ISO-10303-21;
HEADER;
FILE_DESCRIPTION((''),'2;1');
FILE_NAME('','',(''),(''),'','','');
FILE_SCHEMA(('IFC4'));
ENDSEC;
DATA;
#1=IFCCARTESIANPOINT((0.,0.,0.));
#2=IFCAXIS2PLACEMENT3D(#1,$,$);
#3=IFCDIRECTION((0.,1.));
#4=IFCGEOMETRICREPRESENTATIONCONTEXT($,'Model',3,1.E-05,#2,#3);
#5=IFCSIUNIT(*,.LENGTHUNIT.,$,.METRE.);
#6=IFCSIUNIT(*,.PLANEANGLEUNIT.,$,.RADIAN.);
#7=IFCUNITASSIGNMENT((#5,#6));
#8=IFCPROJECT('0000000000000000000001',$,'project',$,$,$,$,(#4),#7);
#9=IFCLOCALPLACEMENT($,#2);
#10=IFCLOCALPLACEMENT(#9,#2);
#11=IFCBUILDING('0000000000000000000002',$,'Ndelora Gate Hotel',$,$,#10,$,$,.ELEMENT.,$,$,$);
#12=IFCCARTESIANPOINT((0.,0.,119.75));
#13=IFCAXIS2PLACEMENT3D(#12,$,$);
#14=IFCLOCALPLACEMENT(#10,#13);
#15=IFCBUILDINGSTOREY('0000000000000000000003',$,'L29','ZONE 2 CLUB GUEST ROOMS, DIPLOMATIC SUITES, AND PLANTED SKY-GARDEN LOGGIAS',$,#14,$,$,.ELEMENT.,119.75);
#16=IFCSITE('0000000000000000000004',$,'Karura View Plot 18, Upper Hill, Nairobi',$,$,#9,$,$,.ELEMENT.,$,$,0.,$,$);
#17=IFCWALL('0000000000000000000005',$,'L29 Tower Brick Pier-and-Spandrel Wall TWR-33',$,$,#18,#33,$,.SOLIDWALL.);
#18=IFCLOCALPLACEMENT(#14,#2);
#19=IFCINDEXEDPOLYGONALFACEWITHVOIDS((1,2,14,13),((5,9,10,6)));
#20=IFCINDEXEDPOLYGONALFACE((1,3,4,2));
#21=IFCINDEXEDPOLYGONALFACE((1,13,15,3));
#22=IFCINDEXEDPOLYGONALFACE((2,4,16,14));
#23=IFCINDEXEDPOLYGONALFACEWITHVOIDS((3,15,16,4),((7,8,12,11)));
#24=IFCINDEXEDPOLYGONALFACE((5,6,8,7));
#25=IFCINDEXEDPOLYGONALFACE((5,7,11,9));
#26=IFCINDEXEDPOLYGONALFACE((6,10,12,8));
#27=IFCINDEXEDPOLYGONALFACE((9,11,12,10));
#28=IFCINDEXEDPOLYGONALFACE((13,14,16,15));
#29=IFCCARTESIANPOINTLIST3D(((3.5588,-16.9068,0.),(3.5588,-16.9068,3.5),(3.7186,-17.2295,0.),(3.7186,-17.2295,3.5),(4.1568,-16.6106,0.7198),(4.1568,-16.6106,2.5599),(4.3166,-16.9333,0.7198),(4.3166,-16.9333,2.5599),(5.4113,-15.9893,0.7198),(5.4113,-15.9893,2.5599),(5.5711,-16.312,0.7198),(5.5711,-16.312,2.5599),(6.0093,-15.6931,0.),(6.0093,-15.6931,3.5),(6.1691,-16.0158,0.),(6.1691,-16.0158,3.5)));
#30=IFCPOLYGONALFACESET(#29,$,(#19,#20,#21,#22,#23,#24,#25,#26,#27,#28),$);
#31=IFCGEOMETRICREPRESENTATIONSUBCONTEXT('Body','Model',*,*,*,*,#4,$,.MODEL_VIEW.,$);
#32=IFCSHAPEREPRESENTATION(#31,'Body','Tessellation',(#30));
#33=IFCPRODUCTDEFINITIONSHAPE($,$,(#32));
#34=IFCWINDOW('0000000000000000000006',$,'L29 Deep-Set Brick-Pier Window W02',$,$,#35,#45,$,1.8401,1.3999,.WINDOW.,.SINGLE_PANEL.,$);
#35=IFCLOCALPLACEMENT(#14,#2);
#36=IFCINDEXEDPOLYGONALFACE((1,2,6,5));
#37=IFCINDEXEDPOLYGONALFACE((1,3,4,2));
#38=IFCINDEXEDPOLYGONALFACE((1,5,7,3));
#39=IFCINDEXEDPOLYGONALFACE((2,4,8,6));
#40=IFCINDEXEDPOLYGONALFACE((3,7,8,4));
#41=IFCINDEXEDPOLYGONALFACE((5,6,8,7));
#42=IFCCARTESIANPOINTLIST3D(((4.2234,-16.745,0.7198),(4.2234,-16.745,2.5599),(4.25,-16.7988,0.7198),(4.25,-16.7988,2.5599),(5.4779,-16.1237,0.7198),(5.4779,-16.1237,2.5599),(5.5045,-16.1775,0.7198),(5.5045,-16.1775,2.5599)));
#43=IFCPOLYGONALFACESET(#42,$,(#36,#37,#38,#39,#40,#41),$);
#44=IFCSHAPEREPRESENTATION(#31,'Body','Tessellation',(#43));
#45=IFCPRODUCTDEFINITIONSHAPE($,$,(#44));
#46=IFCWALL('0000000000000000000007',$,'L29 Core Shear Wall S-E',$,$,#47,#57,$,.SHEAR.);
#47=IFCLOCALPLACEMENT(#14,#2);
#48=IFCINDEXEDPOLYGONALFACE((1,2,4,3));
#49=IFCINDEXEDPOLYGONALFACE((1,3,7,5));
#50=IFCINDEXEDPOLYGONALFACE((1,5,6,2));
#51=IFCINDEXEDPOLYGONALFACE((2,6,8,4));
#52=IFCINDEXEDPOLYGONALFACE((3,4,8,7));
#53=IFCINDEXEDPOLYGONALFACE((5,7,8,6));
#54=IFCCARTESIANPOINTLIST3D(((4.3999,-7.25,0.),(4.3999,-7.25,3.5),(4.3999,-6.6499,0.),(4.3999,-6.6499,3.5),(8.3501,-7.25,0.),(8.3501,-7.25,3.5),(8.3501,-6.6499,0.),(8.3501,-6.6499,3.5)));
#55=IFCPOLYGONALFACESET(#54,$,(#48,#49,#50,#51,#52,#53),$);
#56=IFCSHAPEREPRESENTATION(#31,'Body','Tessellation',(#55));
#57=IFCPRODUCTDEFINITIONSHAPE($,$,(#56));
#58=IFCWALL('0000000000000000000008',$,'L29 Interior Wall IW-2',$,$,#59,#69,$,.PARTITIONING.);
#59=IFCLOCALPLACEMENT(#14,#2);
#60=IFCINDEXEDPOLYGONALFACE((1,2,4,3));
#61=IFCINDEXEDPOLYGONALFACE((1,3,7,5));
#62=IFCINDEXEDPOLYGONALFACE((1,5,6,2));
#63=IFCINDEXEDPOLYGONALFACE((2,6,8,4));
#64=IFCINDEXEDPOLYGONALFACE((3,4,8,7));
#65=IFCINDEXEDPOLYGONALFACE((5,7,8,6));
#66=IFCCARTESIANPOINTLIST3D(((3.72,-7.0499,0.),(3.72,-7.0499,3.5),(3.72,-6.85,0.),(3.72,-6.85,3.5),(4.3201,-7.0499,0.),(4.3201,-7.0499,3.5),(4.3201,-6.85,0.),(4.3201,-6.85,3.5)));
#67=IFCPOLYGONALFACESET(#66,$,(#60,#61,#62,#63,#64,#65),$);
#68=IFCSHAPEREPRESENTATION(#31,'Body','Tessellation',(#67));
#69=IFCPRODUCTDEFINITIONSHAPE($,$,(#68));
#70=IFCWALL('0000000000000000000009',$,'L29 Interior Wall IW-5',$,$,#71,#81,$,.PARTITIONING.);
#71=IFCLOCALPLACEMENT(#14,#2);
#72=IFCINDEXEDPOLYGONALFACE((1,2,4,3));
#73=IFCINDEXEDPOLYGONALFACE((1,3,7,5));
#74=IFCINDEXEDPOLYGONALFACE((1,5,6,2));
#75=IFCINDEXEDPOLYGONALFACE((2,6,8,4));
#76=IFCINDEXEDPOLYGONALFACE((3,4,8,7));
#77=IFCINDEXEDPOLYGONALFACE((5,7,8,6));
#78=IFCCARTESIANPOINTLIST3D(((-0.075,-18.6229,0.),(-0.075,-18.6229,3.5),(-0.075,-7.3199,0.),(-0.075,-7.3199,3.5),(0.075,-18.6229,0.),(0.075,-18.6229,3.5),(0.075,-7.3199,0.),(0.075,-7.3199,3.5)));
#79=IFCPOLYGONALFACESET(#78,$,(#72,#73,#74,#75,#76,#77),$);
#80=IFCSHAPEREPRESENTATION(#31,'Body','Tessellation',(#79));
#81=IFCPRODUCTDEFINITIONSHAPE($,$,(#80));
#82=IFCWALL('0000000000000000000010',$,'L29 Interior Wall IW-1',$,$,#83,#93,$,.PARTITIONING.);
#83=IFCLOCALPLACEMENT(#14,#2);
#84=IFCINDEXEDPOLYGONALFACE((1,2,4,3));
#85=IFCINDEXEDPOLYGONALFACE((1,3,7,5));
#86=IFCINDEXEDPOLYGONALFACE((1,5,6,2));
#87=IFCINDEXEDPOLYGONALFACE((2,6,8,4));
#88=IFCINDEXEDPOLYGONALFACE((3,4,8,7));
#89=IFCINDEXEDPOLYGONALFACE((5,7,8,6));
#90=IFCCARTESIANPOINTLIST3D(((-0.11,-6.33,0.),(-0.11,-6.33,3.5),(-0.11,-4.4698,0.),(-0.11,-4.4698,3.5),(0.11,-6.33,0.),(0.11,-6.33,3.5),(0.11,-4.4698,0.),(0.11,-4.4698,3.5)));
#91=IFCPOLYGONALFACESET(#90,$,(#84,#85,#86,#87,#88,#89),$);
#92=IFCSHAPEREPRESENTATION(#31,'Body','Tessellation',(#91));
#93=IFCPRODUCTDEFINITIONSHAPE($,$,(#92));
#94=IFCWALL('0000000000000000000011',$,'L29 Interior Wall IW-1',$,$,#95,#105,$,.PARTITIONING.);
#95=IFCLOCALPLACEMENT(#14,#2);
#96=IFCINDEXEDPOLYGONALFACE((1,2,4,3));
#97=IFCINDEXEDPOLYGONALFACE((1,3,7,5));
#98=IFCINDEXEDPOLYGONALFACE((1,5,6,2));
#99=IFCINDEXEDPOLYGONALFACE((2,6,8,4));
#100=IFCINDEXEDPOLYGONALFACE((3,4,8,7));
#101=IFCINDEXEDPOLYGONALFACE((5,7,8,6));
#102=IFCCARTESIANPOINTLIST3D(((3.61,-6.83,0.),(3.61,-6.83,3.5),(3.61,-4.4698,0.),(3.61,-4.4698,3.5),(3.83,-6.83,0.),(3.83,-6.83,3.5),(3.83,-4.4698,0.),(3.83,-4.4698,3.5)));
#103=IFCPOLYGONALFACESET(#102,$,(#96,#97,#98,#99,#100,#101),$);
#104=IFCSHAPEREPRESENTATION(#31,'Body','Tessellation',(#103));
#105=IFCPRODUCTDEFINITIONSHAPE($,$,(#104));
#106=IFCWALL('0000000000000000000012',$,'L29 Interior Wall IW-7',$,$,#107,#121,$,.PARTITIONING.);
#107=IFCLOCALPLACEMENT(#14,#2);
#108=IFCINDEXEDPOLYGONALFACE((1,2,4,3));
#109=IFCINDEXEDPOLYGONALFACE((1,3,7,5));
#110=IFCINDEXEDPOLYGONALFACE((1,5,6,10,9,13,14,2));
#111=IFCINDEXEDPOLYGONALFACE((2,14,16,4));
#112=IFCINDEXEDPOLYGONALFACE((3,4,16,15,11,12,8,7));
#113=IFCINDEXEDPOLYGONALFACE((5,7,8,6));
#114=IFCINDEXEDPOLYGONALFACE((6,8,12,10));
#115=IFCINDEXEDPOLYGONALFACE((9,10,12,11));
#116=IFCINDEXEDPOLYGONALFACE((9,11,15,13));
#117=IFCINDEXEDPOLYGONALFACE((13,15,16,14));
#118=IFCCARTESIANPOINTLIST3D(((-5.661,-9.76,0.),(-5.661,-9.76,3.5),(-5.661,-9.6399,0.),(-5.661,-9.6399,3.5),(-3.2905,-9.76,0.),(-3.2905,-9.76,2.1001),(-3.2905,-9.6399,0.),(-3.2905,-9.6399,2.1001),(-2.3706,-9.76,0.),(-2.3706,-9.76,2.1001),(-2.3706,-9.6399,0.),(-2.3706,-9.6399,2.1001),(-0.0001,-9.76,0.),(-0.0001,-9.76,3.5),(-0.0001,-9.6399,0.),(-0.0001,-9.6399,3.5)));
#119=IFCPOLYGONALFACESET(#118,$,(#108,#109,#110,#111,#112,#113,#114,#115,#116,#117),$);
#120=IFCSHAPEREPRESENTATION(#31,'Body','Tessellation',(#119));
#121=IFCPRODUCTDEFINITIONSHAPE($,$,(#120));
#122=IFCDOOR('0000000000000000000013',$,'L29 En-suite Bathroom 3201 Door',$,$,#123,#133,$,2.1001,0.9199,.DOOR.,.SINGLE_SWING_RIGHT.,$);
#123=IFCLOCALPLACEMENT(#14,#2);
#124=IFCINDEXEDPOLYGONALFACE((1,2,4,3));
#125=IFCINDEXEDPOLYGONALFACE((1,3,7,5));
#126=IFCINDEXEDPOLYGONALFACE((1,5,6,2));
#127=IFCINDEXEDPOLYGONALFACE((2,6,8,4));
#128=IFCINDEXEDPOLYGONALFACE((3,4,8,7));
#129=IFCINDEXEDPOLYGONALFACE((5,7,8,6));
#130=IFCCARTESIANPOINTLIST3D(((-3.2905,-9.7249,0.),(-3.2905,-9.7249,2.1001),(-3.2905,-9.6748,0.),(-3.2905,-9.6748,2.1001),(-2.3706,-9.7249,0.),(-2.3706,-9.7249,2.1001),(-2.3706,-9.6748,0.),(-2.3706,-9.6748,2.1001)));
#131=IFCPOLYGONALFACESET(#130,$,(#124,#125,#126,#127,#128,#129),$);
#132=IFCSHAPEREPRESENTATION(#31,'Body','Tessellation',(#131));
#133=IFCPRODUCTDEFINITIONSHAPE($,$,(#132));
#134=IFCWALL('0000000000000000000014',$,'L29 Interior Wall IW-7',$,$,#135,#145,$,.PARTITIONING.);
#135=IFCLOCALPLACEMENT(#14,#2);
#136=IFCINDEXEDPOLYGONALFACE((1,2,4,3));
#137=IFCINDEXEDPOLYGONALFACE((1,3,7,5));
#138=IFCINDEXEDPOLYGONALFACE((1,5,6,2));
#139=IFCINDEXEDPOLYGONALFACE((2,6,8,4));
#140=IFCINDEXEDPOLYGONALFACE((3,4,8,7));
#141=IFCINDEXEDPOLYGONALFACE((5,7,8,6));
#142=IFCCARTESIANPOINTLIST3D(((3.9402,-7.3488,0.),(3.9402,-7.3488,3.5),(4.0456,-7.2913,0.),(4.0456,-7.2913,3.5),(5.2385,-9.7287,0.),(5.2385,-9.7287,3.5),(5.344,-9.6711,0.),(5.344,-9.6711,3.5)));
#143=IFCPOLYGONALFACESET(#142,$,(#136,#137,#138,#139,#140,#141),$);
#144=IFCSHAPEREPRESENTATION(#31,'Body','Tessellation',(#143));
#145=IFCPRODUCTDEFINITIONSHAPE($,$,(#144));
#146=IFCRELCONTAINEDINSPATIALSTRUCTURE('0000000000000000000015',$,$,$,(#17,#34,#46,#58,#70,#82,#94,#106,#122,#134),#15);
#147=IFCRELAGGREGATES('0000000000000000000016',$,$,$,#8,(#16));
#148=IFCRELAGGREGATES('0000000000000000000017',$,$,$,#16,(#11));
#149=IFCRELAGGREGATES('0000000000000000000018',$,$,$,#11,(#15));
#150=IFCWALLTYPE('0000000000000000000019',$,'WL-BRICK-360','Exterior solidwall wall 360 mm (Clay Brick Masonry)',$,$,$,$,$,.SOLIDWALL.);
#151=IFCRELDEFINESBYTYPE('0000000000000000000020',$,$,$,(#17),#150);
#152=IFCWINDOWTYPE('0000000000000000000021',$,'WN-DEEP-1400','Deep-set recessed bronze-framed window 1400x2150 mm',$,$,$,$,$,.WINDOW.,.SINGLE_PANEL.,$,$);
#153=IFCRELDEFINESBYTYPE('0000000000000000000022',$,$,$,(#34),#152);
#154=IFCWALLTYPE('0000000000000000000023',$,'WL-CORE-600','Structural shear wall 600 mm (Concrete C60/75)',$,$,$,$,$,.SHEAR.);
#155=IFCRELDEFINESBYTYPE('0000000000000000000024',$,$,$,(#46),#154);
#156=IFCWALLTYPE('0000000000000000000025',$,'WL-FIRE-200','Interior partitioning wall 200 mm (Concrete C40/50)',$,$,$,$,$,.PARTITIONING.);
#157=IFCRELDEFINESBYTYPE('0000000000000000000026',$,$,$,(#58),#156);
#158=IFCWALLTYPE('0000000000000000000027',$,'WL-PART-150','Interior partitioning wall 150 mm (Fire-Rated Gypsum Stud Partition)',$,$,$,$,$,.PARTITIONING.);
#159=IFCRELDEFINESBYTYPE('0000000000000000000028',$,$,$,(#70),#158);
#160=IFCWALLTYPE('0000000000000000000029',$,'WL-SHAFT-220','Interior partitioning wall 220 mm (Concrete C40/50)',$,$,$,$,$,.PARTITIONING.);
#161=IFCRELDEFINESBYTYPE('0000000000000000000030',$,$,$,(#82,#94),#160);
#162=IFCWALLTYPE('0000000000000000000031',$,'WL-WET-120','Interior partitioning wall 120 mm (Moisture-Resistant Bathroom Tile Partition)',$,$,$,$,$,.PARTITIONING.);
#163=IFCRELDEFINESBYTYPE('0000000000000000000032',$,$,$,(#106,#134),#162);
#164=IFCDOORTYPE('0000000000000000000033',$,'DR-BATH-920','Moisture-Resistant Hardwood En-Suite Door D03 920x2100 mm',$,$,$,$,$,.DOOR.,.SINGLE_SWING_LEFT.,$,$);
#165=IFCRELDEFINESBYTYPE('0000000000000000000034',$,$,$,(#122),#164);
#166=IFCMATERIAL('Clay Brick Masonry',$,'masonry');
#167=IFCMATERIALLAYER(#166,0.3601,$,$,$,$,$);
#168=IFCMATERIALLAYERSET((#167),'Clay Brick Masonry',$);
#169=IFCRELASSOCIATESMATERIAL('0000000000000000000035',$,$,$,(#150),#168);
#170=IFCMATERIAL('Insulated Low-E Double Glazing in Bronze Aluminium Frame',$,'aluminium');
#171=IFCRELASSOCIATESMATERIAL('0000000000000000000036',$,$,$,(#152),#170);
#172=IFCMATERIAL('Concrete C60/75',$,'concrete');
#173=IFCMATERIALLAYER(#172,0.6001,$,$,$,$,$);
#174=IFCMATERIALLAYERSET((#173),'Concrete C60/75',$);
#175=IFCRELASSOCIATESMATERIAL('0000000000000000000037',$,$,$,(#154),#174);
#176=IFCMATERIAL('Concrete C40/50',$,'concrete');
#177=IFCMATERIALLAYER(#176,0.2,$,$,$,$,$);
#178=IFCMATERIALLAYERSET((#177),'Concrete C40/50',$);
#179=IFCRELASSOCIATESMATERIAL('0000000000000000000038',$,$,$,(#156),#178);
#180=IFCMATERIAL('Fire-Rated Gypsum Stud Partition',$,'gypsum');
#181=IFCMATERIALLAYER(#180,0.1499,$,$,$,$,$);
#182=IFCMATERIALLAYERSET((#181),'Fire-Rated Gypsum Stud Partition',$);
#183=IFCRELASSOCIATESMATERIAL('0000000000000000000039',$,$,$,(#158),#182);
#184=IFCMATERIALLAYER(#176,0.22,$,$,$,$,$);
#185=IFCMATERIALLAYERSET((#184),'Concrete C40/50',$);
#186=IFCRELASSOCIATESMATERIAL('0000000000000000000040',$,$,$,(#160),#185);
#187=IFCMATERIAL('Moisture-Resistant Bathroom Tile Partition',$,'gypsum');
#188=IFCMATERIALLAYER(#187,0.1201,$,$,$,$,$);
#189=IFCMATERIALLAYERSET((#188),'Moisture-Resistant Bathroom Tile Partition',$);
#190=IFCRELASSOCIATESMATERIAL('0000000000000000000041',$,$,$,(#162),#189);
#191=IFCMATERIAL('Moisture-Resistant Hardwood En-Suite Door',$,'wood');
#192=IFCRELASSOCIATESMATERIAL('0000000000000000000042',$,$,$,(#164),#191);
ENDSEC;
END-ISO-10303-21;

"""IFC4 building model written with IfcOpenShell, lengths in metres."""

from ifc_helpers import new_model, si_unit, direction, frame, frame_2d, origin, place, context, subcontext, project, spatial, rectangle, extrude, material, layer, layer_set, type_object, element, fill, save


model = new_model("IFC4")

# Units and contexts
model_context = context("Model", 3, precision=1e-05, world=origin(), true_north=direction((0.0, 1.0)))
body_context = subcontext(model_context, "Body", "Model", "MODEL_VIEW")
ifc_project = project(units=[si_unit("LENGTHUNIT", "METRE"), si_unit("PLANEANGLEUNIT", "RADIAN")], contexts=[model_context])

# Site, building, storey
site_placement = place(None, origin())
site = spatial("IfcSite", under=ifc_project, at=site_placement, Name="Karura View Plot 18, Upper Hill, Nairobi", CompositionType="ELEMENT", RefElevation=0.0)
building_placement = place(site_placement, origin())
building = spatial("IfcBuilding", under=site, at=building_placement, Name="Ndelora Gate Hotel", CompositionType="ELEMENT")
storey_placement = place(building_placement, frame((0.0, 0.0, 119.75)))
storey = spatial("IfcBuildingStorey", under=building, at=storey_placement, Name="L29", Description="ZONE 2 CLUB GUEST ROOMS, DIPLOMATIC SUITES, AND PLANTED SKY-GARDEN LOGGIAS", CompositionType="ELEMENT", Elevation=119.75)

# Shared definitions
ifc_material_1 = material(Name="Concrete C60/75", Category="concrete")

# Shared definitions
ifc_material_2 = material(Name="Clay Brick Masonry", Category="masonry")
ifc_layer_1 = layer(ifc_material_2, 0.3601)
ifc_layer_set_1 = layer_set([ifc_layer_1], Name="Clay Brick Masonry")
wall_type_1 = type_object("IfcWallType", Name="WL-BRICK-360", Description="Exterior solidwall wall 360 mm (Clay Brick Masonry)", PredefinedType="SOLIDWALL", material=ifc_layer_set_1)

# Wall, opening, window
ifc_material_3 = material(Name="Insulated Low-E Double Glazing in Bronze Aluminium Frame", Category="aluminium")
window_type = type_object("IfcWindowType", Name="WN-DEEP-1400", Description="Deep-set recessed bronze-framed window 1400x2150 mm", PartitioningType="SINGLE_PANEL", PredefinedType="WINDOW", material=ifc_material_3)
wall_1_placement = place(storey_placement, frame((6.0891, -15.8545, 0.0), z_axis=(0.0, 0.0, 1.0), x_axis=(-0.896117, -0.443818, 0.0)))
wall_1 = element("IfcWall", 1, at=wall_1_placement, inside=storey, type_object=wall_type_1, Name="L29 Tower Brick Pier-and-Spandrel Wall TWR-33", PredefinedType="SOLIDWALL", context=body_context, shape_type="SweptSolid", body=[
    extrude(rectangle(XDim=2.7346, YDim=0.3601, at=frame_2d((1.3672, 0.0))), origin(), (0.0, 0.0, 1.0), 3.5),
])
opening_1_placement = place(wall_1_placement, frame((0.6672, 0.0, 0.72)))
opening_1 = element("IfcOpeningElement", 2, at=opening_1_placement, cuts=wall_1, PredefinedType="OPENING", context=body_context, shape_type="SweptSolid", body=[
    extrude(rectangle(XDim=1.3999, YDim=1.8401, at=frame_2d((0.7, 0.9199))), frame((0.0, 0.1899, 0.0), z_axis=(0.0, -1.0, 0.0), x_axis=(1.0, 0.0, 0.0)), (0.0, 0.0, 1.0), 0.3801),
])
window_1_placement = place(opening_1_placement, origin())
window_1 = element("IfcWindow", 3, at=window_1_placement, inside=storey, type_object=window_type, Name="L29 Deep-Set Brick-Pier Window W02", OverallHeight=1.8401, OverallWidth=1.3999, PartitioningType="SINGLE_PANEL", PredefinedType="WINDOW", context=body_context, shape_type="SweptSolid", body=[
    extrude(rectangle(XDim=1.3999, YDim=1.8401, at=frame_2d((0.7, 0.9199))), frame((0.0, 0.03, 0.0), z_axis=(0.0, -1.0, 0.0), x_axis=(1.0, 0.0, 0.0)), (0.0, 0.0, 1.0), 0.0601),
])
fill(opening_1, window_1)

# Walls
ifc_layer_2 = layer(ifc_material_1, 0.6001)
ifc_layer_set_2 = layer_set([ifc_layer_2], Name="Concrete C60/75")
wall_type_2 = type_object("IfcWallType", Name="WL-CORE-600", Description="Structural shear wall 600 mm (Concrete C60/75)", PredefinedType="SHEAR", material=ifc_layer_set_2)
wall_2_placement = place(storey_placement, frame((4.3999, -6.95, 0.0), z_axis=(0.0, 0.0, 1.0), x_axis=(1.0, 0.0, 0.0)))
element("IfcWall", 4, at=wall_2_placement, inside=storey, type_object=wall_type_2, Name="L29 Core Shear Wall S-E", PredefinedType="SHEAR", context=body_context, shape_type="SweptSolid", body=[
    extrude(rectangle(XDim=3.9502, YDim=0.6001, at=frame_2d((1.9751, 0.0))), origin(), (0.0, 0.0, 1.0), 3.5),
])
ifc_material_4 = material(Name="Concrete C40/50", Category="concrete")
ifc_layer_3 = layer(ifc_material_4, 0.2)
ifc_layer_set_3 = layer_set([ifc_layer_3], Name="Concrete C40/50")
wall_type_3 = type_object("IfcWallType", Name="WL-FIRE-200", Description="Interior partitioning wall 200 mm (Concrete C40/50)", PredefinedType="PARTITIONING", material=ifc_layer_set_3)
wall_3_placement = place(storey_placement, frame((3.72, -6.95, 0.0), z_axis=(0.0, 0.0, 1.0), x_axis=(1.0, 0.0, 0.0)))
element("IfcWall", 5, at=wall_3_placement, inside=storey, type_object=wall_type_3, Name="L29 Interior Wall IW-2", PredefinedType="PARTITIONING", context=body_context, shape_type="SweptSolid", body=[
    extrude(rectangle(XDim=0.6001, YDim=0.2, at=frame_2d((0.3, 0.0))), origin(), (0.0, 0.0, 1.0), 3.5),
])
ifc_material_5 = material(Name="Fire-Rated Gypsum Stud Partition", Category="gypsum")
ifc_layer_4 = layer(ifc_material_5, 0.1499)
ifc_layer_set_4 = layer_set([ifc_layer_4], Name="Fire-Rated Gypsum Stud Partition")
wall_type_4 = type_object("IfcWallType", Name="WL-PART-150", Description="Interior partitioning wall 150 mm (Fire-Rated Gypsum Stud Partition)", PredefinedType="PARTITIONING", material=ifc_layer_set_4)
wall_4_placement = place(storey_placement, frame((0.0, -7.3201, 0.0), z_axis=(0.0, 0.0, 1.0), x_axis=(0.0, -1.0, 0.0)))
element("IfcWall", 6, at=wall_4_placement, inside=storey, type_object=wall_type_4, Name="L29 Interior Wall IW-5", PredefinedType="PARTITIONING", context=body_context, shape_type="SweptSolid", body=[
    extrude(rectangle(XDim=11.303, YDim=0.1499, at=frame_2d((5.6514, 0.0))), origin(), (0.0, 0.0, 1.0), 3.5),
])

# Shared definitions
ifc_layer_5 = layer(ifc_material_4, 0.22)
ifc_layer_set_5 = layer_set([ifc_layer_5], Name="Concrete C40/50")
wall_type_5 = type_object("IfcWallType", Name="WL-SHAFT-220", Description="Interior partitioning wall 220 mm (Concrete C40/50)", PredefinedType="PARTITIONING", material=ifc_layer_set_5)

# Wall
wall_5_placement = place(storey_placement, frame((0.0, -6.3301, 0.0), z_axis=(0.0, 0.0, 1.0), x_axis=(0.0, 1.0, 0.0)))
element("IfcWall", 7, at=wall_5_placement, inside=storey, type_object=wall_type_5, Name="L29 Interior Wall IW-1", PredefinedType="PARTITIONING", context=body_context, shape_type="SweptSolid", body=[
    extrude(rectangle(XDim=1.8601, YDim=0.22, at=frame_2d((0.9302, 0.0))), origin(), (0.0, 0.0, 1.0), 3.5),
])

# Wall
wall_6_placement = place(storey_placement, frame((3.72, -6.8301, 0.0), z_axis=(0.0, 0.0, 1.0), x_axis=(0.0, 1.0, 0.0)))
element("IfcWall", 8, at=wall_6_placement, inside=storey, type_object=wall_type_5, Name="L29 Interior Wall IW-1", PredefinedType="PARTITIONING", context=body_context, shape_type="SweptSolid", body=[
    extrude(rectangle(XDim=2.3601, YDim=0.22, at=frame_2d((1.1802, 0.0))), origin(), (0.0, 0.0, 1.0), 3.5),
])

# Wall, opening, door
ifc_material_6 = material(Name="Moisture-Resistant Bathroom Tile Partition", Category="gypsum")
ifc_layer_6 = layer(ifc_material_6, 0.1201)
ifc_layer_set_6 = layer_set([ifc_layer_6], Name="Moisture-Resistant Bathroom Tile Partition")
wall_type_6 = type_object("IfcWallType", Name="WL-WET-120", Description="Interior partitioning wall 120 mm (Moisture-Resistant Bathroom Tile Partition)", PredefinedType="PARTITIONING", material=ifc_layer_set_6)
wall_7_placement = place(storey_placement, frame((0.0, -9.7, 0.0), z_axis=(0.0, 0.0, 1.0), x_axis=(-1.0, 0.0, 0.0)))
wall_7 = element("IfcWall", 9, at=wall_7_placement, inside=storey, type_object=wall_type_6, Name="L29 Interior Wall IW-7", PredefinedType="PARTITIONING", context=body_context, shape_type="SweptSolid", body=[
    extrude(rectangle(XDim=5.6609, YDim=0.1201, at=frame_2d((2.8306, 0.0))), origin(), (0.0, 0.0, 1.0), 3.5),
])
opening_2_placement = place(wall_7_placement, frame((2.3706, 0.0, 0.0)))
opening_2 = element("IfcOpeningElement", 10, at=opening_2_placement, cuts=wall_7, PredefinedType="OPENING", context=body_context, shape_type="SweptSolid", body=[
    extrude(rectangle(XDim=0.9199, YDim=2.1001, at=frame_2d((0.46, 1.05))), frame((0.0, 0.0701, 0.0), z_axis=(0.0, -1.0, 0.0), x_axis=(1.0, 0.0, 0.0)), (0.0, 0.0, 1.0), 0.1401),
])
ifc_material_7 = material(Name="Moisture-Resistant Hardwood En-Suite Door", Category="wood")
door_type_1 = type_object("IfcDoorType", Name="DR-BATH-920", Description="Moisture-Resistant Hardwood En-Suite Door D03 920x2100 mm", OperationType="SINGLE_SWING_LEFT", PredefinedType="DOOR", material=ifc_material_7)
door_1_placement = place(opening_2_placement, origin())
door_1 = element("IfcDoor", 11, at=door_1_placement, inside=storey, type_object=door_type_1, Name="L29 En-suite Bathroom 3201 Door", OperationType="SINGLE_SWING_RIGHT", OverallHeight=2.1001, OverallWidth=0.9199, PredefinedType="DOOR", context=body_context, shape_type="SweptSolid", body=[
    extrude(rectangle(XDim=0.9199, YDim=2.1001, at=frame_2d((0.46, 1.05))), frame((0.0, 0.0249, 0.0), z_axis=(0.0, -1.0, 0.0), x_axis=(1.0, 0.0, 0.0)), (0.0, 0.0, 1.0), 0.05),
])
fill(opening_2, door_1)

# Wall
wall_8_placement = place(storey_placement, frame((3.9929, -7.3201, 0.0), z_axis=(0.0, 0.0, 1.0), x_axis=(0.478915, -0.877861, 0.0)))
element("IfcWall", 12, at=wall_8_placement, inside=storey, type_object=wall_type_6, Name="L29 Interior Wall IW-7", PredefinedType="PARTITIONING", context=body_context, shape_type="SweptSolid", body=[
    extrude(rectangle(XDim=2.7109, YDim=0.1201, at=frame_2d((1.3555, 0.0))), origin(), (0.0, 0.0, 1.0), 3.5),
])

save(model, "model.ifc")
